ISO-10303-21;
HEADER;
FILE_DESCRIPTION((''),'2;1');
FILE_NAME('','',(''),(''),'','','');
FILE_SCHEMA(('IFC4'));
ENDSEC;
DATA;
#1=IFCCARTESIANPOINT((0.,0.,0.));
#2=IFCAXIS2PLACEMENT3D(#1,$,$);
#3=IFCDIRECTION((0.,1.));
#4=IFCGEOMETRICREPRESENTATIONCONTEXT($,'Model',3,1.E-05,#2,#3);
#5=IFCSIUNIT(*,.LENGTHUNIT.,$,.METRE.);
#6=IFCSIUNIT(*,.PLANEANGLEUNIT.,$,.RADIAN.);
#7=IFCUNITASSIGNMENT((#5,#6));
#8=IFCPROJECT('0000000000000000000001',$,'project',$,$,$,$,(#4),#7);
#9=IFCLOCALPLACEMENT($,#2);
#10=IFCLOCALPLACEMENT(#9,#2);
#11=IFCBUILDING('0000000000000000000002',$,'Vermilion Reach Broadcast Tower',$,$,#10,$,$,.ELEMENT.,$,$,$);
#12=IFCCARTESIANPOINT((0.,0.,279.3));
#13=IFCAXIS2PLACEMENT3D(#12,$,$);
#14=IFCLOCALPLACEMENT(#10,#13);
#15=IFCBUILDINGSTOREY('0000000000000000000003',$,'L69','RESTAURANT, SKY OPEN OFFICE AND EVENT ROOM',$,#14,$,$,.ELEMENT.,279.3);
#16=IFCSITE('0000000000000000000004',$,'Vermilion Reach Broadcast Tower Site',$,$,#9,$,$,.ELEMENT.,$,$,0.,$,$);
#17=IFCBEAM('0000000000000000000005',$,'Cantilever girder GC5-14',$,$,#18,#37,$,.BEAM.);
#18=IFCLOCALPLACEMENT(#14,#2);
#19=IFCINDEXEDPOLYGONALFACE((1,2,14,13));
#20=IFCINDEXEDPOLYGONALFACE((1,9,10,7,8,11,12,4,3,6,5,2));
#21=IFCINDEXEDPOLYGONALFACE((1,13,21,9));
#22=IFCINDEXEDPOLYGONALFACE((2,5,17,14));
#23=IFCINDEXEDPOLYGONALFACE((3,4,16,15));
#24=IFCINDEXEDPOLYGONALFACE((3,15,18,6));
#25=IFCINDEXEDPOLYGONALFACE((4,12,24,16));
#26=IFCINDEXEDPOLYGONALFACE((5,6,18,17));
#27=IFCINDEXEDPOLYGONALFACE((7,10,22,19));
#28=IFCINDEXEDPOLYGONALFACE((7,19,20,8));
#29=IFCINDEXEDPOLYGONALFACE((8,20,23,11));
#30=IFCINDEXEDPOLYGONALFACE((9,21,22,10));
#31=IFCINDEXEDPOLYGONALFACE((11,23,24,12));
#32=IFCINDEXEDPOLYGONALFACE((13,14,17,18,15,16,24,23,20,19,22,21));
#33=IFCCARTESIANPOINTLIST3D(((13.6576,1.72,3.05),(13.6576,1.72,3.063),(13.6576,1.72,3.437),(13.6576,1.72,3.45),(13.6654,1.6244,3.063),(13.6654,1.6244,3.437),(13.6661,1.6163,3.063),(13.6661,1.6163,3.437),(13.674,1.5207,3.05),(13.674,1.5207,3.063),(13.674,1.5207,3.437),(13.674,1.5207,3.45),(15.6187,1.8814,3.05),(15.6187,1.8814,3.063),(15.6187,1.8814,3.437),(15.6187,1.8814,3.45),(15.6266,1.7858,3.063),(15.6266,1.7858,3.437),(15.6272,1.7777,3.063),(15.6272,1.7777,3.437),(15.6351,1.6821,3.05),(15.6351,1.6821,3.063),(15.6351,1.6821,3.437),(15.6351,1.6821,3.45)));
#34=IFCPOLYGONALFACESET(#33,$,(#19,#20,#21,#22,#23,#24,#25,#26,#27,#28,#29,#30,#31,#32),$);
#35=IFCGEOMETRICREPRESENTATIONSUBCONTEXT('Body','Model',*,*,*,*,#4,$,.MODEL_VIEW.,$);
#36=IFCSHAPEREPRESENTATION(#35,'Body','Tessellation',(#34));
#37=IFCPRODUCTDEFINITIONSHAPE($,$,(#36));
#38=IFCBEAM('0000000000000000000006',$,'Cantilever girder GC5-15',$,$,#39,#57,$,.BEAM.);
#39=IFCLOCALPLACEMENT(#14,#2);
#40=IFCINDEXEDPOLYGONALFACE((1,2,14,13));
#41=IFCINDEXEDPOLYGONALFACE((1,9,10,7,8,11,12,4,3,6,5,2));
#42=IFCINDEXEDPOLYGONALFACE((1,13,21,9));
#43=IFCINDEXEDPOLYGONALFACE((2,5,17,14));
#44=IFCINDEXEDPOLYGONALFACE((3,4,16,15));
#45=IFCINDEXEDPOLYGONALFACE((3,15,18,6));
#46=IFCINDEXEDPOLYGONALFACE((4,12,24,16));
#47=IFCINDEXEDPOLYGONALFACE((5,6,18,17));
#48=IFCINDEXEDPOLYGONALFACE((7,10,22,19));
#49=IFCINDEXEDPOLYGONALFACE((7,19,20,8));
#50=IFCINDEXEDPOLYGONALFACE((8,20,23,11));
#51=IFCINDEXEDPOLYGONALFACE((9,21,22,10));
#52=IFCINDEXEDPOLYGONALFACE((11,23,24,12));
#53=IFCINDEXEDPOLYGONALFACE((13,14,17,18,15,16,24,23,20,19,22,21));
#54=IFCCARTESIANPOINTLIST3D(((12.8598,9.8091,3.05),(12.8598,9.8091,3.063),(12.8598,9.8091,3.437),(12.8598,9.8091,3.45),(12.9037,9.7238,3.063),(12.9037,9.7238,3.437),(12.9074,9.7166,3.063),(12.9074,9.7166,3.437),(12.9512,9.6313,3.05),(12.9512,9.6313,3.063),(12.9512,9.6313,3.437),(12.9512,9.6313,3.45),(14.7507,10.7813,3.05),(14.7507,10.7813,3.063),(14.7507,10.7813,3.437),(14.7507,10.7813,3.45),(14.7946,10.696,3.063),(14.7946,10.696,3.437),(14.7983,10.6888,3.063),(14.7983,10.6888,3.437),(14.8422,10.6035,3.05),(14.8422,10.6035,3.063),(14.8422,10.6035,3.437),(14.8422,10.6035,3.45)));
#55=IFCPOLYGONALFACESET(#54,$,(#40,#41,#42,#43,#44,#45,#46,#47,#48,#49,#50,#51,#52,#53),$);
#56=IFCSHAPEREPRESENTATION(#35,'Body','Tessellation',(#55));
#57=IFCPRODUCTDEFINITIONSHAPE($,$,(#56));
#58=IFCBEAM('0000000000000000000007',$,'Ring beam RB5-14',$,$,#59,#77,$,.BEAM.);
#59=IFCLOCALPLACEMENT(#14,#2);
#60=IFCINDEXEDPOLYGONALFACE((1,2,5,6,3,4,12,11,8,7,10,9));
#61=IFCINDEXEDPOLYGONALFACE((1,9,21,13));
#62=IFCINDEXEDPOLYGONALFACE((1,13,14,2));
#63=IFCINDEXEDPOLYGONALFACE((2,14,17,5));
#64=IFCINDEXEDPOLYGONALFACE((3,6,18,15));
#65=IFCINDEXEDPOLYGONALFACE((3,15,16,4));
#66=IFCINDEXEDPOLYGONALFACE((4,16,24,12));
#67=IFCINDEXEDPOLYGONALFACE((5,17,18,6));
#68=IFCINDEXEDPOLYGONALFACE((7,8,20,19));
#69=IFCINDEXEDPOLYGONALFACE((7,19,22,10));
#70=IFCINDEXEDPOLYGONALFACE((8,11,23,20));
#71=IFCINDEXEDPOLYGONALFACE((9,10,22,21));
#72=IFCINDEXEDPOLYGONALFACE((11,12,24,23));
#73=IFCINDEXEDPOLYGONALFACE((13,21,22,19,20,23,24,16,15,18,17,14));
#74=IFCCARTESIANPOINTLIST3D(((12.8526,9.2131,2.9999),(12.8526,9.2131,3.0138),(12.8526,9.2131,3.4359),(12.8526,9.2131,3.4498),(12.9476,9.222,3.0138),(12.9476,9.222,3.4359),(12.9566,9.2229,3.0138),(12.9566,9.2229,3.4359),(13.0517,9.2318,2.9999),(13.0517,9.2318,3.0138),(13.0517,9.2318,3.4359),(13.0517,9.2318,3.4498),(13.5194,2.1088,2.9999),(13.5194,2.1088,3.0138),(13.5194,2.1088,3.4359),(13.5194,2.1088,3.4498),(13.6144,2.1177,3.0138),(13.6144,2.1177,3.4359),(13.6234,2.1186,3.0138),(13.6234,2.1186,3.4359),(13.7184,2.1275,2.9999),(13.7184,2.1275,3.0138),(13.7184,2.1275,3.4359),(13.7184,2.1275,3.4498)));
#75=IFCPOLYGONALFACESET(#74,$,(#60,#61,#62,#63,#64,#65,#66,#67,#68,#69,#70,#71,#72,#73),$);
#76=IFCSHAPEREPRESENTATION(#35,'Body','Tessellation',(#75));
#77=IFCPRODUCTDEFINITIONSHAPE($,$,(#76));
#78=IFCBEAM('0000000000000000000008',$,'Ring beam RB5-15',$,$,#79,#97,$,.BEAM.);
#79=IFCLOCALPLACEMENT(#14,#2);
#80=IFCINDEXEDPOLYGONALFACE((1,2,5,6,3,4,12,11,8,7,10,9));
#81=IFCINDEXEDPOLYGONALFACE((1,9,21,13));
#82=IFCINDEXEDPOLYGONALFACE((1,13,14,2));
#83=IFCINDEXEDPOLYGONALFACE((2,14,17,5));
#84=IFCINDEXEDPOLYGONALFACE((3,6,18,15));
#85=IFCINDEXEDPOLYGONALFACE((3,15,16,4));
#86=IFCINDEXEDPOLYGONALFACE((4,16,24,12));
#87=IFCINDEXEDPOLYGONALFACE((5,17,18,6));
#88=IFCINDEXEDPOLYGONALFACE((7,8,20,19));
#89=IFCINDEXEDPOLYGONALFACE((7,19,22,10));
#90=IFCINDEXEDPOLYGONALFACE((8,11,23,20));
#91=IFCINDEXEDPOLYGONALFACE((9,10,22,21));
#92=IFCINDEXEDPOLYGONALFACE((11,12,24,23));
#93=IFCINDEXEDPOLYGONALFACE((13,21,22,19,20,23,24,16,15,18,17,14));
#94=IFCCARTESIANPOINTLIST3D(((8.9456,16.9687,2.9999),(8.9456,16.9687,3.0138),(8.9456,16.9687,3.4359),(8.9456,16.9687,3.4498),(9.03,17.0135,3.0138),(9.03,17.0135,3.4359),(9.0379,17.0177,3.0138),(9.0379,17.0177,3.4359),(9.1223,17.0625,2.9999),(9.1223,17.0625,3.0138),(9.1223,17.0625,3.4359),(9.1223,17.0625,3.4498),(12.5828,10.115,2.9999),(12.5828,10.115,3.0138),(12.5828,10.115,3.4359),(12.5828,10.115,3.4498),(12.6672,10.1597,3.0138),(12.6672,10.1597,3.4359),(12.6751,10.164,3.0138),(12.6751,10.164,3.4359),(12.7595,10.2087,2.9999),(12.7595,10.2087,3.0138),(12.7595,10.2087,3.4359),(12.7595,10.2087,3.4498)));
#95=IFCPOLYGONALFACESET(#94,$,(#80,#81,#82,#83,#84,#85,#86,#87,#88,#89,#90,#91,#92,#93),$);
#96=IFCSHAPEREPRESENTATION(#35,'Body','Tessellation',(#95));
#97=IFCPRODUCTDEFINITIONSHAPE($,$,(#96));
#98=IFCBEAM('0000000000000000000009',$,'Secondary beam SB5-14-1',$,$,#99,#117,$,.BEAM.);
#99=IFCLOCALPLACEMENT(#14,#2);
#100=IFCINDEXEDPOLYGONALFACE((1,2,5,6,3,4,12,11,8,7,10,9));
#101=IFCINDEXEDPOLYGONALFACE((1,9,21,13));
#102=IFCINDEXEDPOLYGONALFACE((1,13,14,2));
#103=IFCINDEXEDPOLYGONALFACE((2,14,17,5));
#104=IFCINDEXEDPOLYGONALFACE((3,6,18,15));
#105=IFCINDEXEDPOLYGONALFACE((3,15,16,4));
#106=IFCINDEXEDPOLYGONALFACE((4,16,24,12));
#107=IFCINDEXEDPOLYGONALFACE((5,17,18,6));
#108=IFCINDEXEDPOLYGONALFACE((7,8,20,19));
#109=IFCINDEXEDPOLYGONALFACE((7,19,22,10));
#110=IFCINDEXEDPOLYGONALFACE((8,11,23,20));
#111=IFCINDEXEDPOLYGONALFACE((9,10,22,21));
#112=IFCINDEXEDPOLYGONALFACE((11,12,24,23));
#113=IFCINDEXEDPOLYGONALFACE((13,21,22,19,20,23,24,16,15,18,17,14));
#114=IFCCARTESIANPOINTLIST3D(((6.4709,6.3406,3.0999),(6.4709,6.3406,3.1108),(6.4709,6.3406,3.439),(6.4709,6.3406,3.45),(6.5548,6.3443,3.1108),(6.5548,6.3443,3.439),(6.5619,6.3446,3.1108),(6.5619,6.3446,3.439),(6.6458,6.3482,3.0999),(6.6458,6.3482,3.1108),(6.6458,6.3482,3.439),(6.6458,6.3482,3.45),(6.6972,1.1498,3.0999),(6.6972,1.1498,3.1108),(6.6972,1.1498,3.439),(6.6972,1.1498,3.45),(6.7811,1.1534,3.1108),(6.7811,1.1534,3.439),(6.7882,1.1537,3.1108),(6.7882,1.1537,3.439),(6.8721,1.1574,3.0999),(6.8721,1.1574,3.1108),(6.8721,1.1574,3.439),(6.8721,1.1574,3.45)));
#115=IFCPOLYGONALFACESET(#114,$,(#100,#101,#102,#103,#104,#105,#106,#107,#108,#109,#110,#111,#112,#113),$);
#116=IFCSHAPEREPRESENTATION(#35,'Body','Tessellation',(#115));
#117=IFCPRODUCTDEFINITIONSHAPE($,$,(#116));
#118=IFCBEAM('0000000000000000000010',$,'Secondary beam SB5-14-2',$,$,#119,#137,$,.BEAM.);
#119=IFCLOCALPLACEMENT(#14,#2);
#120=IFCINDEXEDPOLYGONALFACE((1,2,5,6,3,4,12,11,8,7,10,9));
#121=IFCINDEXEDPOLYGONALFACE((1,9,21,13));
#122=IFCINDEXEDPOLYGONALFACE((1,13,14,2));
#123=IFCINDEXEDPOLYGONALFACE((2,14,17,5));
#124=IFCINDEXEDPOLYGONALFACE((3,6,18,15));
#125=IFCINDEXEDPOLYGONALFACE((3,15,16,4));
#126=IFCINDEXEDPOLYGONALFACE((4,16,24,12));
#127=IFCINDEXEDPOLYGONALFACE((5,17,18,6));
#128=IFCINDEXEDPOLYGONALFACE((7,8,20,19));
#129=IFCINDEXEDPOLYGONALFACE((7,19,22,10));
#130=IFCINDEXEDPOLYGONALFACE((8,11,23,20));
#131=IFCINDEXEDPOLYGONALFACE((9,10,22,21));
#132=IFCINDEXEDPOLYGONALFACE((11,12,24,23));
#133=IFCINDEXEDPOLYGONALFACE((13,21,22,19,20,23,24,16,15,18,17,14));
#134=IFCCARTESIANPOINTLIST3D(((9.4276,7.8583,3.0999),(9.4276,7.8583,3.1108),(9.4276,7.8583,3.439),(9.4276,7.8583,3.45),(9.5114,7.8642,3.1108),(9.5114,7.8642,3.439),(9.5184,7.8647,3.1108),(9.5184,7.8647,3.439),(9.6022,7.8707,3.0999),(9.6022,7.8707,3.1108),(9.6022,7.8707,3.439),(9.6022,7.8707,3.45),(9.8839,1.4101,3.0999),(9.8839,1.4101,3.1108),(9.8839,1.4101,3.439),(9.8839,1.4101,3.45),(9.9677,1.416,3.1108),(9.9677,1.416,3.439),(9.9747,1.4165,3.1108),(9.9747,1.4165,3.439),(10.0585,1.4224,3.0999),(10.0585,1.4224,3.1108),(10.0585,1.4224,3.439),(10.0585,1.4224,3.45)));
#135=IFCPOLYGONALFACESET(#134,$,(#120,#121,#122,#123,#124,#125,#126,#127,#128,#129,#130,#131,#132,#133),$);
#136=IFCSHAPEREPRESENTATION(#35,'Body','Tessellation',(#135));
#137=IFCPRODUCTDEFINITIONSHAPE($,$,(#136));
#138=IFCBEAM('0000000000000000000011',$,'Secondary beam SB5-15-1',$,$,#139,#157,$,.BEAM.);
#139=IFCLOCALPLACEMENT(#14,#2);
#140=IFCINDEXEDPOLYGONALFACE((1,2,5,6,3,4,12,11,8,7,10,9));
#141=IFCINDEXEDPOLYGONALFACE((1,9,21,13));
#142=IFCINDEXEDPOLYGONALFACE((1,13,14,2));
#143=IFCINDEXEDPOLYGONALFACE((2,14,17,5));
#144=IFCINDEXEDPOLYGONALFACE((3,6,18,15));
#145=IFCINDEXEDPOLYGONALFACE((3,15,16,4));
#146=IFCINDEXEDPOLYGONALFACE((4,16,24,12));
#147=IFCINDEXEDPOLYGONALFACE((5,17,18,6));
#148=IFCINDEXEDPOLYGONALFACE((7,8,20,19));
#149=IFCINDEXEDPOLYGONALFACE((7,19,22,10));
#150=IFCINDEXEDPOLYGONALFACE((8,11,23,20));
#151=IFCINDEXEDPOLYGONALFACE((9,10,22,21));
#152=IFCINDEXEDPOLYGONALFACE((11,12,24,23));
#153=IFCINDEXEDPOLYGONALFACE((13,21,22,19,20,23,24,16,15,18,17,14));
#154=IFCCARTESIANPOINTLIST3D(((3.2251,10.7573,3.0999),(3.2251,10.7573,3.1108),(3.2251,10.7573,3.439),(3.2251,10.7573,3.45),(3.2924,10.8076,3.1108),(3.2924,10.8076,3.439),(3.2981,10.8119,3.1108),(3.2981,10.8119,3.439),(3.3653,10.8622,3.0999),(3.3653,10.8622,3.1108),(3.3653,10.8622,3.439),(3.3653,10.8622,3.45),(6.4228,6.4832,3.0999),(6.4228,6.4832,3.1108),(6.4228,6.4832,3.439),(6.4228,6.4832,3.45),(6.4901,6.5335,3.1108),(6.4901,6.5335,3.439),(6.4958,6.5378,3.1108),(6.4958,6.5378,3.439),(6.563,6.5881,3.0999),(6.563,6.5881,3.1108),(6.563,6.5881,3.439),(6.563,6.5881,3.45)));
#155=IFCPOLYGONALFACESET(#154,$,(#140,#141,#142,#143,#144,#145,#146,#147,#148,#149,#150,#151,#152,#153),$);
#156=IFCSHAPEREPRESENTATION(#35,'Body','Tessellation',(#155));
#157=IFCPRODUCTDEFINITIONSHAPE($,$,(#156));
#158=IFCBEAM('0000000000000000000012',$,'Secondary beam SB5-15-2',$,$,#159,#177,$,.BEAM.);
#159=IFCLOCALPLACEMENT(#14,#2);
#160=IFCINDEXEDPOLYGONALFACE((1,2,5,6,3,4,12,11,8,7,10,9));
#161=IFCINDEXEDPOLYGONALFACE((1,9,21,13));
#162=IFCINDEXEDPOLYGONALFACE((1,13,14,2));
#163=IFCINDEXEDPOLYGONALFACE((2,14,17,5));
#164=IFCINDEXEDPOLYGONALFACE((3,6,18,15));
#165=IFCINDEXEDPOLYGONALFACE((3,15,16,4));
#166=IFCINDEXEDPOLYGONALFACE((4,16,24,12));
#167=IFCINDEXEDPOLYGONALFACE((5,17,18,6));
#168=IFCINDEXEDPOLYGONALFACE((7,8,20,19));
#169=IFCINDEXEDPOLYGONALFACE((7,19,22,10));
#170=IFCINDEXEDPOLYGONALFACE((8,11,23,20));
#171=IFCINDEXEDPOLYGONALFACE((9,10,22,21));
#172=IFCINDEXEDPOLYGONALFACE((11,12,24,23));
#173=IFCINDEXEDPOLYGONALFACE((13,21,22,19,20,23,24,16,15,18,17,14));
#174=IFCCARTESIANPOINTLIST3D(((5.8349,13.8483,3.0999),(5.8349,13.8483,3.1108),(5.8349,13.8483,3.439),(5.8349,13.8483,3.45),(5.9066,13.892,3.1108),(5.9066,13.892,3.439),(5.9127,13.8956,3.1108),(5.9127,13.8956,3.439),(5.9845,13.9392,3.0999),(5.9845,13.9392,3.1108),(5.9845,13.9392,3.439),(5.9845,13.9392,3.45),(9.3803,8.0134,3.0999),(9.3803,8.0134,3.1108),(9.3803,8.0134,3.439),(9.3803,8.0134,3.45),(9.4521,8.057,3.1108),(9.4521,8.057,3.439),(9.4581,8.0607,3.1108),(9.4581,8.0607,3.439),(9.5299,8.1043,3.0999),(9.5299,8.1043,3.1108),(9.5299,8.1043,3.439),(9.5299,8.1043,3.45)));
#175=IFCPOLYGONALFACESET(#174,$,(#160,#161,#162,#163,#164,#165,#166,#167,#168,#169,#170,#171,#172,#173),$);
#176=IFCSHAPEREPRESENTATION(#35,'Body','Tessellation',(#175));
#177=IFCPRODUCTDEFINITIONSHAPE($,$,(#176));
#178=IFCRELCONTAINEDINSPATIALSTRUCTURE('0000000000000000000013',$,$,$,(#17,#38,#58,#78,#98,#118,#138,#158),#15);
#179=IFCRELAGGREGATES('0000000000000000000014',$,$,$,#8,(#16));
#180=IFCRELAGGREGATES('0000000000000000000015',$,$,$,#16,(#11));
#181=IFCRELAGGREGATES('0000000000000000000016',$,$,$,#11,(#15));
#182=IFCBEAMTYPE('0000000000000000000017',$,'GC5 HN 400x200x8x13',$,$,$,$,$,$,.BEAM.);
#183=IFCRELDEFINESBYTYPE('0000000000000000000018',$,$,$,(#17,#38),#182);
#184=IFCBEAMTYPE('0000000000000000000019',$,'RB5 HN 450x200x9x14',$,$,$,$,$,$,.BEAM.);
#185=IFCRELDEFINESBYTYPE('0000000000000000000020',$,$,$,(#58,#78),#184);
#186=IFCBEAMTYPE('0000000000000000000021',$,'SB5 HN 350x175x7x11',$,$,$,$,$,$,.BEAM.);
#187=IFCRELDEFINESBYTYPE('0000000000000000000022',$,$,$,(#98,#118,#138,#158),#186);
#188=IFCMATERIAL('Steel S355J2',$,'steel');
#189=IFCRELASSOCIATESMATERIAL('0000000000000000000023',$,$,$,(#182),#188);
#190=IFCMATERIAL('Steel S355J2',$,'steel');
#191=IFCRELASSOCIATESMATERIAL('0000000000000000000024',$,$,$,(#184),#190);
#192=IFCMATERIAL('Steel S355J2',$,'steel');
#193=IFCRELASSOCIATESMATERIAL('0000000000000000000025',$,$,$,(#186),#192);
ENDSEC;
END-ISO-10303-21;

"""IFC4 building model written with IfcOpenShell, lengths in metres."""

from ifc_helpers import new_model, si_unit, direction, frame, origin, origin_2d, place, context, subcontext, project, spatial, i_section, extrude, material, material_profile, profile_set, type_object, element, save


model = new_model("IFC4")

# Units and contexts
model_context = context("Model", 3, precision=1e-05, world=origin(), true_north=direction((0.0, 1.0)))
body_context = subcontext(model_context, "Body", "Model", "MODEL_VIEW")
ifc_project = project(units=[si_unit("LENGTHUNIT", "METRE"), si_unit("PLANEANGLEUNIT", "RADIAN")], contexts=[model_context])

# Site, building, storey
site_placement = place(None, origin())
site = spatial("IfcSite", under=ifc_project, at=site_placement, Name="Vermilion Reach Broadcast Tower Site", CompositionType="ELEMENT", RefElevation=0.0)
building_placement = place(site_placement, origin())
building = spatial("IfcBuilding", under=site, at=building_placement, Name="Vermilion Reach Broadcast Tower", CompositionType="ELEMENT")
storey_placement = place(building_placement, frame((0.0, 0.0, 279.3)))
storey = spatial("IfcBuildingStorey", under=building, at=storey_placement, Name="L69", Description="RESTAURANT, SKY OPEN OFFICE AND EVENT ROOM", CompositionType="ELEMENT", Elevation=279.3)

# Beams
ifc_material_1 = material(Name="Steel S355J2", Category="steel")
ifc_material_profile_1 = material_profile(ifc_material_1, i_section(OverallWidth=0.2, OverallDepth=0.3999, WebThickness=0.0081, FlangeThickness=0.0129, at=origin_2d()), Name="S355J2 HN 400x200x8x13")
ifc_profile_set_1 = profile_set([ifc_material_profile_1], Name="Steel S355J2")
beam_type_1 = type_object("IfcBeamType", Name="GC5 HN 400x200x8x13", PredefinedType="BEAM", material=ifc_profile_set_1)
beam_1_placement = place(storey_placement, frame((13.6658, 1.6204, 3.25), z_axis=(0.996632, 0.082008, 0.0), x_axis=(-0.082008, 0.996632, 0.0)))
element("IfcBeam", 1, at=beam_1_placement, inside=storey, type_object=beam_type_1, Name="Cantilever girder GC5-14", PredefinedType="BEAM", context=body_context, shape_type="SweptSolid", body=[
    extrude(i_section(OverallWidth=0.2, OverallDepth=0.3999, WebThickness=0.0081, FlangeThickness=0.0129, at=origin_2d()), origin(), (0.0, 0.0, 1.0), 1.9678),
])
beam_2_placement = place(storey_placement, frame((12.9055, 9.7202, 3.25), z_axis=(0.889341, 0.457244, 0.0), x_axis=(-0.457244, 0.889341, 0.0)))
element("IfcBeam", 2, at=beam_2_placement, inside=storey, type_object=beam_type_1, Name="Cantilever girder GC5-15", PredefinedType="BEAM", context=body_context, shape_type="SweptSolid", body=[
    extrude(i_section(OverallWidth=0.2, OverallDepth=0.3999, WebThickness=0.0081, FlangeThickness=0.0129, at=origin_2d()), origin(), (0.0, 0.0, 1.0), 2.1262),
])
ifc_material_2 = material(Name="Steel S355J2", Category="steel")
ifc_material_profile_2 = material_profile(ifc_material_2, i_section(OverallWidth=0.2, OverallDepth=0.45, WebThickness=0.009, FlangeThickness=0.0139, at=origin_2d()), Name="S355J2 HN 450x200x9x14")
ifc_profile_set_2 = profile_set([ifc_material_profile_2], Name="Steel S355J2")
beam_type_2 = type_object("IfcBeamType", Name="RB5 HN 450x200x9x14", PredefinedType="BEAM", material=ifc_profile_set_2)
beam_3_placement = place(storey_placement, frame((13.6189, 2.1182, 3.2249), z_axis=(-0.093441, 0.995625, 0.0), x_axis=(-0.995625, -0.093441, 0.0)))
element("IfcBeam", 3, at=beam_3_placement, inside=storey, type_object=beam_type_2, Name="Ring beam RB5-14", PredefinedType="BEAM", context=body_context, shape_type="SweptSolid", body=[
    extrude(i_section(OverallWidth=0.2, OverallDepth=0.45, WebThickness=0.009, FlangeThickness=0.0139, at=origin_2d()), origin(), (0.0, 0.0, 1.0), 7.1355),
])
beam_4_placement = place(storey_placement, frame((12.6711, 10.1619, 3.2249), z_axis=(-0.468768, 0.883321, 0.0), x_axis=(-0.883321, -0.468768, 0.0)))
element("IfcBeam", 4, at=beam_4_placement, inside=storey, type_object=beam_type_2, Name="Ring beam RB5-15", PredefinedType="BEAM", context=body_context, shape_type="SweptSolid", body=[
    extrude(i_section(OverallWidth=0.2, OverallDepth=0.45, WebThickness=0.009, FlangeThickness=0.0139, at=origin_2d()), origin(), (0.0, 0.0, 1.0), 7.759),
])
ifc_material_3 = material(Name="Steel S355J2", Category="steel")
ifc_material_profile_3 = material_profile(ifc_material_3, i_section(OverallWidth=0.175, OverallDepth=0.3501, WebThickness=0.0071, FlangeThickness=0.011, at=origin_2d()), Name="S355J2 HN 350x175x7x11")
ifc_profile_set_3 = profile_set([ifc_material_profile_3], Name="Steel S355J2")
beam_type_3 = type_object("IfcBeamType", Name="SB5 HN 350x175x7x11", PredefinedType="BEAM", material=ifc_profile_set_3)
beam_5_placement = place(storey_placement, frame((6.7847, 1.1536, 3.2749), z_axis=(-0.043558, 0.999051, 0.0), x_axis=(-0.999051, -0.043558, 0.0)))
element("IfcBeam", 5, at=beam_5_placement, inside=storey, type_object=beam_type_3, Name="Secondary beam SB5-14-1", PredefinedType="BEAM", context=body_context, shape_type="SweptSolid", body=[
    extrude(i_section(OverallWidth=0.175, OverallDepth=0.3501, WebThickness=0.0071, FlangeThickness=0.011, at=origin_2d()), origin(), (0.0, 0.0, 1.0), 5.1958),
])
beam_6_placement = place(storey_placement, frame((9.9712, 1.4163, 3.2749), z_axis=(-0.070587, 0.997506, 0.0), x_axis=(-0.997506, -0.070587, 0.0)))
element("IfcBeam", 6, at=beam_6_placement, inside=storey, type_object=beam_type_3, Name="Secondary beam SB5-14-2", PredefinedType="BEAM", context=body_context, shape_type="SweptSolid", body=[
    extrude(i_section(OverallWidth=0.175, OverallDepth=0.3501, WebThickness=0.0071, FlangeThickness=0.011, at=origin_2d()), origin(), (0.0, 0.0, 1.0), 6.4644),
])
beam_7_placement = place(storey_placement, frame((6.4929, 6.5356, 3.2749), z_axis=(-0.599056, 0.800707, 0.0), x_axis=(-0.800707, -0.599056, 0.0)))
element("IfcBeam", 7, at=beam_7_placement, inside=storey, type_object=beam_type_3, Name="Secondary beam SB5-15-1", PredefinedType="BEAM", context=body_context, shape_type="SweptSolid", body=[
    extrude(i_section(OverallWidth=0.175, OverallDepth=0.3501, WebThickness=0.0071, FlangeThickness=0.011, at=origin_2d()), origin(), (0.0, 0.0, 1.0), 5.3379),
])
beam_8_placement = place(storey_placement, frame((9.4551, 8.0588, 3.2749), z_axis=(-0.519273, 0.854608, 0.0), x_axis=(-0.854608, -0.519273, 0.0)))
element("IfcBeam", 8, at=beam_8_placement, inside=storey, type_object=beam_type_3, Name="Secondary beam SB5-15-2", PredefinedType="BEAM", context=body_context, shape_type="SweptSolid", body=[
    extrude(i_section(OverallWidth=0.175, OverallDepth=0.3501, WebThickness=0.0071, FlangeThickness=0.011, at=origin_2d()), origin(), (0.0, 0.0, 1.0), 6.8276),
])

save(model, "model.ifc")
